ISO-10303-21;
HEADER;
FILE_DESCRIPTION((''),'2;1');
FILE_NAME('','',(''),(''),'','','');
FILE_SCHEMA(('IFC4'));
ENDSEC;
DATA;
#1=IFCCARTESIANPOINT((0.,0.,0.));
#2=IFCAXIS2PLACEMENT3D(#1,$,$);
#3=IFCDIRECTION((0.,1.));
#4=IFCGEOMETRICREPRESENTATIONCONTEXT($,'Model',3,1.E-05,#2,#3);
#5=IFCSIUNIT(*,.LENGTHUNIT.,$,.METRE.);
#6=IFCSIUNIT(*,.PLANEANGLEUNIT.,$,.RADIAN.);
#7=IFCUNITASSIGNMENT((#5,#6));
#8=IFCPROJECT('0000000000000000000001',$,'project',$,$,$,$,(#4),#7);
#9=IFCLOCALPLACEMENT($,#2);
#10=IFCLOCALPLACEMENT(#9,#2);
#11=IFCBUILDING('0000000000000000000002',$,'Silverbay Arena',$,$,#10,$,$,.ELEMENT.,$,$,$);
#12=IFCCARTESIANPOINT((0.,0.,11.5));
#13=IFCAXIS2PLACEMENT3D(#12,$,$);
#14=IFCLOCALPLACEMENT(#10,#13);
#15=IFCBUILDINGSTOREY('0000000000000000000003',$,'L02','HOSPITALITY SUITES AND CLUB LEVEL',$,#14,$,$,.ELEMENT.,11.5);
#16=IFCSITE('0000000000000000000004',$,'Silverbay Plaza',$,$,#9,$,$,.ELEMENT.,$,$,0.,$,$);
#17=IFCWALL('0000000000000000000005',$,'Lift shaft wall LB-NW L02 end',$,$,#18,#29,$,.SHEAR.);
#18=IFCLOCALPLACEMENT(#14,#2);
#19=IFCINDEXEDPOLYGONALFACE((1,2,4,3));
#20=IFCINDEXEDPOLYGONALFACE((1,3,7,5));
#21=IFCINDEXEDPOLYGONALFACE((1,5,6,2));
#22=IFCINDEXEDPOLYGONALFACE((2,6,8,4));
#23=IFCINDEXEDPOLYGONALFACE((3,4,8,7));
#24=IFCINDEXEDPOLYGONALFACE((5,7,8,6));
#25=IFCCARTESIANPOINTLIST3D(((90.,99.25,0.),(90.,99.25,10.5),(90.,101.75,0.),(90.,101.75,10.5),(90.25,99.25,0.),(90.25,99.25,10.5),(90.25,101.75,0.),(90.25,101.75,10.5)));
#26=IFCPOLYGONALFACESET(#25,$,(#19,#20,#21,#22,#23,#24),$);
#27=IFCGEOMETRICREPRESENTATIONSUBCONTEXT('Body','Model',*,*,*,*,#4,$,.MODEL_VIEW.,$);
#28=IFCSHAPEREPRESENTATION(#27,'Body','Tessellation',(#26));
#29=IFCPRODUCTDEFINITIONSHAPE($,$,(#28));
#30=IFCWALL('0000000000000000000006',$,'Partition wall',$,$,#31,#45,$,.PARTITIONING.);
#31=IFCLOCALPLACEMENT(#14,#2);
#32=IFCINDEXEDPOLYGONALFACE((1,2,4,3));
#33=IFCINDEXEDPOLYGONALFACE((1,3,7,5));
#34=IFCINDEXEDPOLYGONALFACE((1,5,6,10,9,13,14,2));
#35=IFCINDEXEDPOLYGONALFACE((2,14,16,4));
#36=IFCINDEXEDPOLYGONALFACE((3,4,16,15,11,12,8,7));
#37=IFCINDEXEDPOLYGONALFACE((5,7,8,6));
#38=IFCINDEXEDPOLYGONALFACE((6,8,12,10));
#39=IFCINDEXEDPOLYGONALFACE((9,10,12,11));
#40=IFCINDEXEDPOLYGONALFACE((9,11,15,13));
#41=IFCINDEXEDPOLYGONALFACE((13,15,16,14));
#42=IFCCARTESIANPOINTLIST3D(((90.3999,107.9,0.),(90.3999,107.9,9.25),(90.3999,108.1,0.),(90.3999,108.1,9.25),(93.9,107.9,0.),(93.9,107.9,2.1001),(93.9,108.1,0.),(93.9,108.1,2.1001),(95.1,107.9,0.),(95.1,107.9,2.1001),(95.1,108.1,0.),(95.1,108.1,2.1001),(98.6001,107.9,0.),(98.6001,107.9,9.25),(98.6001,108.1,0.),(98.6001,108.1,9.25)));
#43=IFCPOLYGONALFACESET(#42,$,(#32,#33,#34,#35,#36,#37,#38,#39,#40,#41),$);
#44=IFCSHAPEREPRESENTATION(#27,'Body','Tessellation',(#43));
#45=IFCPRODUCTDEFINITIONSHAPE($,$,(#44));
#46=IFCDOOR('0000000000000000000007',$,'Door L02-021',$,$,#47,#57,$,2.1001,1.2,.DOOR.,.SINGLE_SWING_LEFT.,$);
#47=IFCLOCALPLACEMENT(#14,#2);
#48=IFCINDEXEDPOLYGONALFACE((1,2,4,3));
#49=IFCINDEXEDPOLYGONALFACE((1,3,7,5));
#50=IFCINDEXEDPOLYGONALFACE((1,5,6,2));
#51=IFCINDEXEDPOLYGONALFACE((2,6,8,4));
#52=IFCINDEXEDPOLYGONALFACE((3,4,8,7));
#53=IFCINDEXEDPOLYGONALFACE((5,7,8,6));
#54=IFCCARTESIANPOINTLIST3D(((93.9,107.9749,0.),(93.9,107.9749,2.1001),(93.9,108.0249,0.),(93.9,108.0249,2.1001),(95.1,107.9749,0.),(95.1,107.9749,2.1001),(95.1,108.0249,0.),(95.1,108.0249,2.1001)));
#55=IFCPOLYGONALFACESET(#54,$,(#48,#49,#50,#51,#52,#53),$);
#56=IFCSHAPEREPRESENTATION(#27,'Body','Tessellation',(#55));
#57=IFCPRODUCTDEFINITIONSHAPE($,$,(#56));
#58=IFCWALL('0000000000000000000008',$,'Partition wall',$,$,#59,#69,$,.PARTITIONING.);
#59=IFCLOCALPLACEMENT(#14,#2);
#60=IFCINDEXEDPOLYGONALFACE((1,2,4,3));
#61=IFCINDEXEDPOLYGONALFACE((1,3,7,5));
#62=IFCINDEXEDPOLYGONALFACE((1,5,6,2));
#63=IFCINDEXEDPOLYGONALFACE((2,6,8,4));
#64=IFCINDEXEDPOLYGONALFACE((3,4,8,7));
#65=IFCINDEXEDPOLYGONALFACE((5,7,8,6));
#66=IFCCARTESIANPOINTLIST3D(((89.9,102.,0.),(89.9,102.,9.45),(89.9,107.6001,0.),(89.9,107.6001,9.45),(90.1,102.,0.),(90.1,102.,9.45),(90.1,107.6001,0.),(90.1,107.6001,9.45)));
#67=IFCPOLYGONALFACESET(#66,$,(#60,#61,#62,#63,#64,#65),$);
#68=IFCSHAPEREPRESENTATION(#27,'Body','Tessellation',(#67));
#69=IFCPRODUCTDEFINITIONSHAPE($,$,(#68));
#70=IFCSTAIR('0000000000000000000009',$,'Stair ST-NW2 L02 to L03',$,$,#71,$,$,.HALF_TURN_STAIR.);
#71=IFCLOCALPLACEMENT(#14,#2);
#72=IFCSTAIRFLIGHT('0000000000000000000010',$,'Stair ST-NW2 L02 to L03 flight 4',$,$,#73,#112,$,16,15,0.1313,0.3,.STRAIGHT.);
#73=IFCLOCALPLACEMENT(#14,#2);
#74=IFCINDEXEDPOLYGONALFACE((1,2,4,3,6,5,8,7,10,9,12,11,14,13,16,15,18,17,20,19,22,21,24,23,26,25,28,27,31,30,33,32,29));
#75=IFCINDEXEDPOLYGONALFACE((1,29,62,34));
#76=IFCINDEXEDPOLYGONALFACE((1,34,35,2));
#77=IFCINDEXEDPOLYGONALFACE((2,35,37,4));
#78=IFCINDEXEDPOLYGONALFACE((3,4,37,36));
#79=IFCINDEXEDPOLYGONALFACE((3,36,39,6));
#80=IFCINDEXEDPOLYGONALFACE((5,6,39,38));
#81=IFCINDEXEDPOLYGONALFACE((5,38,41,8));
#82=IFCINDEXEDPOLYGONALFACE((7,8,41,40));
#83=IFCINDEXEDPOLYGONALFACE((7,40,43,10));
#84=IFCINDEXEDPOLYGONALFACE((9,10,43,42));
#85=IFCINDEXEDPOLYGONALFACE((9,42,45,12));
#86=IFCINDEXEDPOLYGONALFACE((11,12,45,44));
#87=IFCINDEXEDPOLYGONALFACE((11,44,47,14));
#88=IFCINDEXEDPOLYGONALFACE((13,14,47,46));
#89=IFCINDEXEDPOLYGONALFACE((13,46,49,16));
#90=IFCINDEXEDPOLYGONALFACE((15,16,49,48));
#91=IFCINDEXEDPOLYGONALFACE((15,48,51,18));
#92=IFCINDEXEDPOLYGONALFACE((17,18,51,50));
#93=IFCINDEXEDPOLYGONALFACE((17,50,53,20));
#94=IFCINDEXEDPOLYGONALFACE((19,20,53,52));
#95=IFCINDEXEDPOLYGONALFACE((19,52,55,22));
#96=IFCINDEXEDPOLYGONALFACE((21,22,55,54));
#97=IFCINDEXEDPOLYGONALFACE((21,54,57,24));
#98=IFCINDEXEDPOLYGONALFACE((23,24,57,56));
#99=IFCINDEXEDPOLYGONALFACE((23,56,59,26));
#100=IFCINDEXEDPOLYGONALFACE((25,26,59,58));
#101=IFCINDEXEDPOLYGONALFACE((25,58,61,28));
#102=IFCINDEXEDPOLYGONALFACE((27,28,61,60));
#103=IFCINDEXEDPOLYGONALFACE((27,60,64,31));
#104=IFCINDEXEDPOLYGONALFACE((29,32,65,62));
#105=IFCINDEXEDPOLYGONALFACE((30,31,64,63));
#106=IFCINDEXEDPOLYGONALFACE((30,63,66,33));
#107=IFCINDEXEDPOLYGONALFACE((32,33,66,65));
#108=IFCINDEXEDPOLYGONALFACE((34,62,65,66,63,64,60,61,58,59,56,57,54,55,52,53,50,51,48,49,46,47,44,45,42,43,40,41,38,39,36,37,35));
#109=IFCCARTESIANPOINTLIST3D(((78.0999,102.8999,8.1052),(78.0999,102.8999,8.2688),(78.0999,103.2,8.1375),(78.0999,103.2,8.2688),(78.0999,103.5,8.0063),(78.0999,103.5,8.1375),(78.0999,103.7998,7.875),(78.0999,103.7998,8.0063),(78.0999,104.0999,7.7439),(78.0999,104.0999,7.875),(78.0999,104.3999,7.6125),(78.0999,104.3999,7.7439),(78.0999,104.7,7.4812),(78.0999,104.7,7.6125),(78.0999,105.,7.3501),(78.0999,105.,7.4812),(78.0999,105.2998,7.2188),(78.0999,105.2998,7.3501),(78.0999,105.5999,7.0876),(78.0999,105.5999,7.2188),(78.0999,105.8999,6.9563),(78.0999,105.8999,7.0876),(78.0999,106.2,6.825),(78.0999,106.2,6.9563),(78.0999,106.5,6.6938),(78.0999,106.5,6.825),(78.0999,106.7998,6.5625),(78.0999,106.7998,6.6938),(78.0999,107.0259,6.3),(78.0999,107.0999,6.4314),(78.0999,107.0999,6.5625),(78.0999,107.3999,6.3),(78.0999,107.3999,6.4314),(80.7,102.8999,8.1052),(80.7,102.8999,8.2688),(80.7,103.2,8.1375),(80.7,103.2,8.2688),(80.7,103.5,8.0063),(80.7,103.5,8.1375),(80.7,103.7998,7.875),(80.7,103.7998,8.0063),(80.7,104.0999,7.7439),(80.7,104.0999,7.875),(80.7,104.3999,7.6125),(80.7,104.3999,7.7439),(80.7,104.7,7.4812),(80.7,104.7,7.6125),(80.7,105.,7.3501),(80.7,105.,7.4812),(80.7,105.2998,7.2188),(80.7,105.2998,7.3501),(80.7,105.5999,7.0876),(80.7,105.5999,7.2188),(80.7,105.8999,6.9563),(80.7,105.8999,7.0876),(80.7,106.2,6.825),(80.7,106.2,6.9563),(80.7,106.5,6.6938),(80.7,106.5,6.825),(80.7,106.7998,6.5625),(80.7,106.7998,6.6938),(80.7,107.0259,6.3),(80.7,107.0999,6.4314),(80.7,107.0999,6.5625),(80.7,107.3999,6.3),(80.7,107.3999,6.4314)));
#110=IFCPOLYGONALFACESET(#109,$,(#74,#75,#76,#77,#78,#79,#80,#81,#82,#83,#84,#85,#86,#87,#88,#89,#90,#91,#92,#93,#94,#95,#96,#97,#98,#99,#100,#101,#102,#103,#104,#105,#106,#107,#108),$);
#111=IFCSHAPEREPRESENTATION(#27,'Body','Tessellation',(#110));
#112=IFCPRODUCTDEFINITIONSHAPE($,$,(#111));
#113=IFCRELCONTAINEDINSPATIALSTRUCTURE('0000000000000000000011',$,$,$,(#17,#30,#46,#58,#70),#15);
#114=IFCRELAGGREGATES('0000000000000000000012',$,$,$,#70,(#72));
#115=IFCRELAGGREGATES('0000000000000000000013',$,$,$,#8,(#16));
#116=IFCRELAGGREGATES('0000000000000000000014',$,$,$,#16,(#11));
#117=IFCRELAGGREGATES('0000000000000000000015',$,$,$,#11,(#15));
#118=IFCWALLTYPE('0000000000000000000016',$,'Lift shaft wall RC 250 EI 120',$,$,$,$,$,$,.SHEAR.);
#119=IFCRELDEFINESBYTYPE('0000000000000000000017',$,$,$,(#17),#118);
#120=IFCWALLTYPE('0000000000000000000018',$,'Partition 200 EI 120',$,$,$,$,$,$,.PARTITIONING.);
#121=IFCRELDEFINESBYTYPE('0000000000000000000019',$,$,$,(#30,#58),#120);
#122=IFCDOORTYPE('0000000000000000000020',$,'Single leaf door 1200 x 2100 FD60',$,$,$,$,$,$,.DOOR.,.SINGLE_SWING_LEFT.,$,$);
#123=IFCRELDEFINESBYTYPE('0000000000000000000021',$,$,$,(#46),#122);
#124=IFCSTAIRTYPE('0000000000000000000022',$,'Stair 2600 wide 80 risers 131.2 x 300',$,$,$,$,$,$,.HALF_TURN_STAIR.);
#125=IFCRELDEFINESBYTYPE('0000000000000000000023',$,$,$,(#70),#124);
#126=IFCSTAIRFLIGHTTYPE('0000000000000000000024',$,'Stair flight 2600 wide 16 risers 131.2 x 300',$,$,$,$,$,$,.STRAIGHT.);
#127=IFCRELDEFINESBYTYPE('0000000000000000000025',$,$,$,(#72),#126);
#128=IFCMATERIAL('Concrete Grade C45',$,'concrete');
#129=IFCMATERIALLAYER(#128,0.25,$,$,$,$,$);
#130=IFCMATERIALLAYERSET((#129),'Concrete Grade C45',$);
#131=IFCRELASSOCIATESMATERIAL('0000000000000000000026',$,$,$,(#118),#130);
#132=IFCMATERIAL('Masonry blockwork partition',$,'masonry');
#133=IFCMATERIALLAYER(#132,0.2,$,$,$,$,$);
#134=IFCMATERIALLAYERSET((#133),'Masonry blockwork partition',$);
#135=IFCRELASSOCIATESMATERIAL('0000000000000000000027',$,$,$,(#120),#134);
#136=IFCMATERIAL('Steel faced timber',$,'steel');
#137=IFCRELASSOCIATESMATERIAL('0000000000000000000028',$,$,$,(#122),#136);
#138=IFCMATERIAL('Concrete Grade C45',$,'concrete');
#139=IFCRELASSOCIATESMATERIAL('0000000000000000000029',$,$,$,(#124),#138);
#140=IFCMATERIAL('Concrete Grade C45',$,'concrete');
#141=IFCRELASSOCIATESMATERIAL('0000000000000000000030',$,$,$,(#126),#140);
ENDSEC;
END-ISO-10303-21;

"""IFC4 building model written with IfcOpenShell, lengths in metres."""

from ifc_helpers import new_model, si_unit, direction, frame, frame_2d, origin, place, context, subcontext, project, spatial, polyline, rectangle, outline, extrude, material, layer, layer_set, type_object, element, fill, aggregate, save


model = new_model("IFC4")

# Units and contexts
model_context = context("Model", 3, precision=1e-05, world=origin(), true_north=direction((0.0, 1.0)))
body_context = subcontext(model_context, "Body", "Model", "MODEL_VIEW")
ifc_project = project(units=[si_unit("LENGTHUNIT", "METRE"), si_unit("PLANEANGLEUNIT", "RADIAN")], contexts=[model_context])

# Site, building, storey
site_placement = place(None, origin())
site = spatial("IfcSite", under=ifc_project, at=site_placement, Name="Silverbay Plaza", CompositionType="ELEMENT", RefElevation=0.0)
building_placement = place(site_placement, origin())
building = spatial("IfcBuilding", under=site, at=building_placement, Name="Silverbay Arena", CompositionType="ELEMENT")
storey_placement = place(building_placement, frame((0.0, 0.0, 11.5)))
storey = spatial("IfcBuildingStorey", under=building, at=storey_placement, Name="L02", Description="HOSPITALITY SUITES AND CLUB LEVEL", CompositionType="ELEMENT", Elevation=11.5)

# Shared definitions
ifc_material_1 = material(Name="Concrete Grade C45", Category="concrete")
ifc_layer_1 = layer(ifc_material_1, 0.25)
ifc_layer_set_1 = layer_set([ifc_layer_1], Name="Concrete Grade C45")
wall_type_1 = type_object("IfcWallType", Name="Lift shaft wall RC 250 EI 120", PredefinedType="SHEAR", material=ifc_layer_set_1)

# Wall
wall_1_placement = place(storey_placement, frame((90.125, 99.25, 0.0), z_axis=(0.0, 0.0, 1.0), x_axis=(0.0, 1.0, 0.0)))
element("IfcWall", 1, at=wall_1_placement, inside=storey, type_object=wall_type_1, Name="Lift shaft wall LB-NW L02 end", PredefinedType="SHEAR", context=body_context, shape_type="SweptSolid", body=[
    extrude(rectangle(XDim=2.5, YDim=0.25, at=frame_2d((1.25, 0.0))), origin(), (0.0, 0.0, 1.0), 10.5),
])

# Wall, opening, door
ifc_material_2 = material(Name="Masonry blockwork partition", Category="masonry")
ifc_layer_2 = layer(ifc_material_2, 0.2)
ifc_layer_set_2 = layer_set([ifc_layer_2], Name="Masonry blockwork partition")
wall_type_2 = type_object("IfcWallType", Name="Partition 200 EI 120", PredefinedType="PARTITIONING", material=ifc_layer_set_2)
wall_2_placement = place(storey_placement, frame((90.3999, 108.0, 0.0), z_axis=(0.0, 0.0, 1.0), x_axis=(1.0, 0.0, 0.0)))
wall_2 = element("IfcWall", 2, at=wall_2_placement, inside=storey, type_object=wall_type_2, Name="Partition wall", PredefinedType="PARTITIONING", context=body_context, shape_type="SweptSolid", body=[
    extrude(rectangle(XDim=8.2002, YDim=0.2, at=frame_2d((4.1001, 0.0))), origin(), (0.0, 0.0, 1.0), 9.25),
])
opening_1_placement = place(wall_2_placement, frame((3.5, 0.0, 0.0)))
opening_1 = element("IfcOpeningElement", 3, at=opening_1_placement, cuts=wall_2, PredefinedType="OPENING", context=body_context, shape_type="SweptSolid", body=[
    extrude(rectangle(XDim=1.2, YDim=2.1001, at=frame_2d((0.6001, 1.05))), frame((0.0, 0.1099, 0.0), z_axis=(0.0, -1.0, 0.0), x_axis=(1.0, 0.0, 0.0)), (0.0, 0.0, 1.0), 0.22),
])
ifc_material_3 = material(Name="Steel faced timber", Category="steel")
door_type_1 = type_object("IfcDoorType", Name="Single leaf door 1200 x 2100 FD60", OperationType="SINGLE_SWING_LEFT", PredefinedType="DOOR", material=ifc_material_3)
door_1_placement = place(opening_1_placement, origin())
door_1 = element("IfcDoor", 4, at=door_1_placement, inside=storey, type_object=door_type_1, Name="Door L02-021", OperationType="SINGLE_SWING_LEFT", OverallHeight=2.1001, OverallWidth=1.2, PredefinedType="DOOR", context=body_context, shape_type="SweptSolid", body=[
    extrude(rectangle(XDim=1.2, YDim=2.1001, at=frame_2d((0.6001, 1.05))), frame((0.0, 0.0249, 0.0), z_axis=(0.0, -1.0, 0.0), x_axis=(1.0, 0.0, 0.0)), (0.0, 0.0, 1.0), 0.05),
])
fill(opening_1, door_1)

# Wall
wall_3_placement = place(storey_placement, frame((90.0, 102.0, 0.0), z_axis=(0.0, 0.0, 1.0), x_axis=(0.0, 1.0, 0.0)))
element("IfcWall", 5, at=wall_3_placement, inside=storey, type_object=wall_type_2, Name="Partition wall", PredefinedType="PARTITIONING", context=body_context, shape_type="SweptSolid", body=[
    extrude(rectangle(XDim=5.6001, YDim=0.2, at=frame_2d((2.8, 0.0))), origin(), (0.0, 0.0, 1.0), 9.45),
])

# Stair, stair flight
ifc_material_4 = material(Name="Concrete Grade C45", Category="concrete")
stair_type = type_object("IfcStairType", Name="Stair 2600 wide 80 risers 131.2 x 300", PredefinedType="HALF_TURN_STAIR", material=ifc_material_4)
stair_placement = place(storey_placement, origin())
stair = element("IfcStair", 6, at=stair_placement, inside=storey, type_object=stair_type, Name="Stair ST-NW2 L02 to L03", PredefinedType="HALF_TURN_STAIR")
ifc_material_5 = material(Name="Concrete Grade C45", Category="concrete")
stair_flight_type = type_object("IfcStairFlightType", Name="Stair flight 2600 wide 16 risers 131.2 x 300", PredefinedType="STRAIGHT", material=ifc_material_5)
stair_flight_placement = place(storey_placement, frame((79.3999, 107.3999, 6.3), z_axis=(0.0, 0.0, 1.0), x_axis=(0.0, -1.0, 0.0)))
stair_flight = element("IfcStairFlight", 7, at=stair_flight_placement, type_object=stair_flight_type, Name="Stair ST-NW2 L02 to L03 flight 4", NumberOfRisers=16, NumberOfTreads=15, PredefinedType="STRAIGHT", RiserHeight=0.1313, TreadLength=0.3, context=body_context, shape_type="SweptSolid", body=[
    extrude(outline(polyline([(0.0, 0.0), (0.0, 0.1313), (0.3, 0.1313), (0.3, 0.2625), (0.6001, 0.2625), (0.6001, 0.3938), (0.8999, 0.3938), (0.8999, 0.5249), (1.2, 0.5249), (1.2, 0.6562), (1.5, 0.6562), (1.5, 0.7876), (1.8, 0.7876), (1.8, 0.9187), (2.1001, 0.9187), (2.1001, 1.05), (2.3999, 1.05), (2.3999, 1.1812), (2.7, 1.1812), (2.7, 1.3125), (3.0, 1.3125), (3.0, 1.4438), (3.3, 1.4438), (3.3, 1.575), (3.6001, 1.575), (3.6001, 1.7063), (3.8999, 1.7063), (3.8999, 1.8374), (4.2, 1.8374), (4.2, 1.9688), (4.5, 1.9688), (4.5, 1.8052), (0.374, 0.0), (0.0, 0.0)])), frame((0.0, 1.3, 0.0), z_axis=(0.0, -1.0, 0.0), x_axis=(1.0, 0.0, 0.0)), (0.0, 0.0, 1.0), 2.6001),
])
aggregate(stair, [stair_flight])

save(model, "model.ifc")
